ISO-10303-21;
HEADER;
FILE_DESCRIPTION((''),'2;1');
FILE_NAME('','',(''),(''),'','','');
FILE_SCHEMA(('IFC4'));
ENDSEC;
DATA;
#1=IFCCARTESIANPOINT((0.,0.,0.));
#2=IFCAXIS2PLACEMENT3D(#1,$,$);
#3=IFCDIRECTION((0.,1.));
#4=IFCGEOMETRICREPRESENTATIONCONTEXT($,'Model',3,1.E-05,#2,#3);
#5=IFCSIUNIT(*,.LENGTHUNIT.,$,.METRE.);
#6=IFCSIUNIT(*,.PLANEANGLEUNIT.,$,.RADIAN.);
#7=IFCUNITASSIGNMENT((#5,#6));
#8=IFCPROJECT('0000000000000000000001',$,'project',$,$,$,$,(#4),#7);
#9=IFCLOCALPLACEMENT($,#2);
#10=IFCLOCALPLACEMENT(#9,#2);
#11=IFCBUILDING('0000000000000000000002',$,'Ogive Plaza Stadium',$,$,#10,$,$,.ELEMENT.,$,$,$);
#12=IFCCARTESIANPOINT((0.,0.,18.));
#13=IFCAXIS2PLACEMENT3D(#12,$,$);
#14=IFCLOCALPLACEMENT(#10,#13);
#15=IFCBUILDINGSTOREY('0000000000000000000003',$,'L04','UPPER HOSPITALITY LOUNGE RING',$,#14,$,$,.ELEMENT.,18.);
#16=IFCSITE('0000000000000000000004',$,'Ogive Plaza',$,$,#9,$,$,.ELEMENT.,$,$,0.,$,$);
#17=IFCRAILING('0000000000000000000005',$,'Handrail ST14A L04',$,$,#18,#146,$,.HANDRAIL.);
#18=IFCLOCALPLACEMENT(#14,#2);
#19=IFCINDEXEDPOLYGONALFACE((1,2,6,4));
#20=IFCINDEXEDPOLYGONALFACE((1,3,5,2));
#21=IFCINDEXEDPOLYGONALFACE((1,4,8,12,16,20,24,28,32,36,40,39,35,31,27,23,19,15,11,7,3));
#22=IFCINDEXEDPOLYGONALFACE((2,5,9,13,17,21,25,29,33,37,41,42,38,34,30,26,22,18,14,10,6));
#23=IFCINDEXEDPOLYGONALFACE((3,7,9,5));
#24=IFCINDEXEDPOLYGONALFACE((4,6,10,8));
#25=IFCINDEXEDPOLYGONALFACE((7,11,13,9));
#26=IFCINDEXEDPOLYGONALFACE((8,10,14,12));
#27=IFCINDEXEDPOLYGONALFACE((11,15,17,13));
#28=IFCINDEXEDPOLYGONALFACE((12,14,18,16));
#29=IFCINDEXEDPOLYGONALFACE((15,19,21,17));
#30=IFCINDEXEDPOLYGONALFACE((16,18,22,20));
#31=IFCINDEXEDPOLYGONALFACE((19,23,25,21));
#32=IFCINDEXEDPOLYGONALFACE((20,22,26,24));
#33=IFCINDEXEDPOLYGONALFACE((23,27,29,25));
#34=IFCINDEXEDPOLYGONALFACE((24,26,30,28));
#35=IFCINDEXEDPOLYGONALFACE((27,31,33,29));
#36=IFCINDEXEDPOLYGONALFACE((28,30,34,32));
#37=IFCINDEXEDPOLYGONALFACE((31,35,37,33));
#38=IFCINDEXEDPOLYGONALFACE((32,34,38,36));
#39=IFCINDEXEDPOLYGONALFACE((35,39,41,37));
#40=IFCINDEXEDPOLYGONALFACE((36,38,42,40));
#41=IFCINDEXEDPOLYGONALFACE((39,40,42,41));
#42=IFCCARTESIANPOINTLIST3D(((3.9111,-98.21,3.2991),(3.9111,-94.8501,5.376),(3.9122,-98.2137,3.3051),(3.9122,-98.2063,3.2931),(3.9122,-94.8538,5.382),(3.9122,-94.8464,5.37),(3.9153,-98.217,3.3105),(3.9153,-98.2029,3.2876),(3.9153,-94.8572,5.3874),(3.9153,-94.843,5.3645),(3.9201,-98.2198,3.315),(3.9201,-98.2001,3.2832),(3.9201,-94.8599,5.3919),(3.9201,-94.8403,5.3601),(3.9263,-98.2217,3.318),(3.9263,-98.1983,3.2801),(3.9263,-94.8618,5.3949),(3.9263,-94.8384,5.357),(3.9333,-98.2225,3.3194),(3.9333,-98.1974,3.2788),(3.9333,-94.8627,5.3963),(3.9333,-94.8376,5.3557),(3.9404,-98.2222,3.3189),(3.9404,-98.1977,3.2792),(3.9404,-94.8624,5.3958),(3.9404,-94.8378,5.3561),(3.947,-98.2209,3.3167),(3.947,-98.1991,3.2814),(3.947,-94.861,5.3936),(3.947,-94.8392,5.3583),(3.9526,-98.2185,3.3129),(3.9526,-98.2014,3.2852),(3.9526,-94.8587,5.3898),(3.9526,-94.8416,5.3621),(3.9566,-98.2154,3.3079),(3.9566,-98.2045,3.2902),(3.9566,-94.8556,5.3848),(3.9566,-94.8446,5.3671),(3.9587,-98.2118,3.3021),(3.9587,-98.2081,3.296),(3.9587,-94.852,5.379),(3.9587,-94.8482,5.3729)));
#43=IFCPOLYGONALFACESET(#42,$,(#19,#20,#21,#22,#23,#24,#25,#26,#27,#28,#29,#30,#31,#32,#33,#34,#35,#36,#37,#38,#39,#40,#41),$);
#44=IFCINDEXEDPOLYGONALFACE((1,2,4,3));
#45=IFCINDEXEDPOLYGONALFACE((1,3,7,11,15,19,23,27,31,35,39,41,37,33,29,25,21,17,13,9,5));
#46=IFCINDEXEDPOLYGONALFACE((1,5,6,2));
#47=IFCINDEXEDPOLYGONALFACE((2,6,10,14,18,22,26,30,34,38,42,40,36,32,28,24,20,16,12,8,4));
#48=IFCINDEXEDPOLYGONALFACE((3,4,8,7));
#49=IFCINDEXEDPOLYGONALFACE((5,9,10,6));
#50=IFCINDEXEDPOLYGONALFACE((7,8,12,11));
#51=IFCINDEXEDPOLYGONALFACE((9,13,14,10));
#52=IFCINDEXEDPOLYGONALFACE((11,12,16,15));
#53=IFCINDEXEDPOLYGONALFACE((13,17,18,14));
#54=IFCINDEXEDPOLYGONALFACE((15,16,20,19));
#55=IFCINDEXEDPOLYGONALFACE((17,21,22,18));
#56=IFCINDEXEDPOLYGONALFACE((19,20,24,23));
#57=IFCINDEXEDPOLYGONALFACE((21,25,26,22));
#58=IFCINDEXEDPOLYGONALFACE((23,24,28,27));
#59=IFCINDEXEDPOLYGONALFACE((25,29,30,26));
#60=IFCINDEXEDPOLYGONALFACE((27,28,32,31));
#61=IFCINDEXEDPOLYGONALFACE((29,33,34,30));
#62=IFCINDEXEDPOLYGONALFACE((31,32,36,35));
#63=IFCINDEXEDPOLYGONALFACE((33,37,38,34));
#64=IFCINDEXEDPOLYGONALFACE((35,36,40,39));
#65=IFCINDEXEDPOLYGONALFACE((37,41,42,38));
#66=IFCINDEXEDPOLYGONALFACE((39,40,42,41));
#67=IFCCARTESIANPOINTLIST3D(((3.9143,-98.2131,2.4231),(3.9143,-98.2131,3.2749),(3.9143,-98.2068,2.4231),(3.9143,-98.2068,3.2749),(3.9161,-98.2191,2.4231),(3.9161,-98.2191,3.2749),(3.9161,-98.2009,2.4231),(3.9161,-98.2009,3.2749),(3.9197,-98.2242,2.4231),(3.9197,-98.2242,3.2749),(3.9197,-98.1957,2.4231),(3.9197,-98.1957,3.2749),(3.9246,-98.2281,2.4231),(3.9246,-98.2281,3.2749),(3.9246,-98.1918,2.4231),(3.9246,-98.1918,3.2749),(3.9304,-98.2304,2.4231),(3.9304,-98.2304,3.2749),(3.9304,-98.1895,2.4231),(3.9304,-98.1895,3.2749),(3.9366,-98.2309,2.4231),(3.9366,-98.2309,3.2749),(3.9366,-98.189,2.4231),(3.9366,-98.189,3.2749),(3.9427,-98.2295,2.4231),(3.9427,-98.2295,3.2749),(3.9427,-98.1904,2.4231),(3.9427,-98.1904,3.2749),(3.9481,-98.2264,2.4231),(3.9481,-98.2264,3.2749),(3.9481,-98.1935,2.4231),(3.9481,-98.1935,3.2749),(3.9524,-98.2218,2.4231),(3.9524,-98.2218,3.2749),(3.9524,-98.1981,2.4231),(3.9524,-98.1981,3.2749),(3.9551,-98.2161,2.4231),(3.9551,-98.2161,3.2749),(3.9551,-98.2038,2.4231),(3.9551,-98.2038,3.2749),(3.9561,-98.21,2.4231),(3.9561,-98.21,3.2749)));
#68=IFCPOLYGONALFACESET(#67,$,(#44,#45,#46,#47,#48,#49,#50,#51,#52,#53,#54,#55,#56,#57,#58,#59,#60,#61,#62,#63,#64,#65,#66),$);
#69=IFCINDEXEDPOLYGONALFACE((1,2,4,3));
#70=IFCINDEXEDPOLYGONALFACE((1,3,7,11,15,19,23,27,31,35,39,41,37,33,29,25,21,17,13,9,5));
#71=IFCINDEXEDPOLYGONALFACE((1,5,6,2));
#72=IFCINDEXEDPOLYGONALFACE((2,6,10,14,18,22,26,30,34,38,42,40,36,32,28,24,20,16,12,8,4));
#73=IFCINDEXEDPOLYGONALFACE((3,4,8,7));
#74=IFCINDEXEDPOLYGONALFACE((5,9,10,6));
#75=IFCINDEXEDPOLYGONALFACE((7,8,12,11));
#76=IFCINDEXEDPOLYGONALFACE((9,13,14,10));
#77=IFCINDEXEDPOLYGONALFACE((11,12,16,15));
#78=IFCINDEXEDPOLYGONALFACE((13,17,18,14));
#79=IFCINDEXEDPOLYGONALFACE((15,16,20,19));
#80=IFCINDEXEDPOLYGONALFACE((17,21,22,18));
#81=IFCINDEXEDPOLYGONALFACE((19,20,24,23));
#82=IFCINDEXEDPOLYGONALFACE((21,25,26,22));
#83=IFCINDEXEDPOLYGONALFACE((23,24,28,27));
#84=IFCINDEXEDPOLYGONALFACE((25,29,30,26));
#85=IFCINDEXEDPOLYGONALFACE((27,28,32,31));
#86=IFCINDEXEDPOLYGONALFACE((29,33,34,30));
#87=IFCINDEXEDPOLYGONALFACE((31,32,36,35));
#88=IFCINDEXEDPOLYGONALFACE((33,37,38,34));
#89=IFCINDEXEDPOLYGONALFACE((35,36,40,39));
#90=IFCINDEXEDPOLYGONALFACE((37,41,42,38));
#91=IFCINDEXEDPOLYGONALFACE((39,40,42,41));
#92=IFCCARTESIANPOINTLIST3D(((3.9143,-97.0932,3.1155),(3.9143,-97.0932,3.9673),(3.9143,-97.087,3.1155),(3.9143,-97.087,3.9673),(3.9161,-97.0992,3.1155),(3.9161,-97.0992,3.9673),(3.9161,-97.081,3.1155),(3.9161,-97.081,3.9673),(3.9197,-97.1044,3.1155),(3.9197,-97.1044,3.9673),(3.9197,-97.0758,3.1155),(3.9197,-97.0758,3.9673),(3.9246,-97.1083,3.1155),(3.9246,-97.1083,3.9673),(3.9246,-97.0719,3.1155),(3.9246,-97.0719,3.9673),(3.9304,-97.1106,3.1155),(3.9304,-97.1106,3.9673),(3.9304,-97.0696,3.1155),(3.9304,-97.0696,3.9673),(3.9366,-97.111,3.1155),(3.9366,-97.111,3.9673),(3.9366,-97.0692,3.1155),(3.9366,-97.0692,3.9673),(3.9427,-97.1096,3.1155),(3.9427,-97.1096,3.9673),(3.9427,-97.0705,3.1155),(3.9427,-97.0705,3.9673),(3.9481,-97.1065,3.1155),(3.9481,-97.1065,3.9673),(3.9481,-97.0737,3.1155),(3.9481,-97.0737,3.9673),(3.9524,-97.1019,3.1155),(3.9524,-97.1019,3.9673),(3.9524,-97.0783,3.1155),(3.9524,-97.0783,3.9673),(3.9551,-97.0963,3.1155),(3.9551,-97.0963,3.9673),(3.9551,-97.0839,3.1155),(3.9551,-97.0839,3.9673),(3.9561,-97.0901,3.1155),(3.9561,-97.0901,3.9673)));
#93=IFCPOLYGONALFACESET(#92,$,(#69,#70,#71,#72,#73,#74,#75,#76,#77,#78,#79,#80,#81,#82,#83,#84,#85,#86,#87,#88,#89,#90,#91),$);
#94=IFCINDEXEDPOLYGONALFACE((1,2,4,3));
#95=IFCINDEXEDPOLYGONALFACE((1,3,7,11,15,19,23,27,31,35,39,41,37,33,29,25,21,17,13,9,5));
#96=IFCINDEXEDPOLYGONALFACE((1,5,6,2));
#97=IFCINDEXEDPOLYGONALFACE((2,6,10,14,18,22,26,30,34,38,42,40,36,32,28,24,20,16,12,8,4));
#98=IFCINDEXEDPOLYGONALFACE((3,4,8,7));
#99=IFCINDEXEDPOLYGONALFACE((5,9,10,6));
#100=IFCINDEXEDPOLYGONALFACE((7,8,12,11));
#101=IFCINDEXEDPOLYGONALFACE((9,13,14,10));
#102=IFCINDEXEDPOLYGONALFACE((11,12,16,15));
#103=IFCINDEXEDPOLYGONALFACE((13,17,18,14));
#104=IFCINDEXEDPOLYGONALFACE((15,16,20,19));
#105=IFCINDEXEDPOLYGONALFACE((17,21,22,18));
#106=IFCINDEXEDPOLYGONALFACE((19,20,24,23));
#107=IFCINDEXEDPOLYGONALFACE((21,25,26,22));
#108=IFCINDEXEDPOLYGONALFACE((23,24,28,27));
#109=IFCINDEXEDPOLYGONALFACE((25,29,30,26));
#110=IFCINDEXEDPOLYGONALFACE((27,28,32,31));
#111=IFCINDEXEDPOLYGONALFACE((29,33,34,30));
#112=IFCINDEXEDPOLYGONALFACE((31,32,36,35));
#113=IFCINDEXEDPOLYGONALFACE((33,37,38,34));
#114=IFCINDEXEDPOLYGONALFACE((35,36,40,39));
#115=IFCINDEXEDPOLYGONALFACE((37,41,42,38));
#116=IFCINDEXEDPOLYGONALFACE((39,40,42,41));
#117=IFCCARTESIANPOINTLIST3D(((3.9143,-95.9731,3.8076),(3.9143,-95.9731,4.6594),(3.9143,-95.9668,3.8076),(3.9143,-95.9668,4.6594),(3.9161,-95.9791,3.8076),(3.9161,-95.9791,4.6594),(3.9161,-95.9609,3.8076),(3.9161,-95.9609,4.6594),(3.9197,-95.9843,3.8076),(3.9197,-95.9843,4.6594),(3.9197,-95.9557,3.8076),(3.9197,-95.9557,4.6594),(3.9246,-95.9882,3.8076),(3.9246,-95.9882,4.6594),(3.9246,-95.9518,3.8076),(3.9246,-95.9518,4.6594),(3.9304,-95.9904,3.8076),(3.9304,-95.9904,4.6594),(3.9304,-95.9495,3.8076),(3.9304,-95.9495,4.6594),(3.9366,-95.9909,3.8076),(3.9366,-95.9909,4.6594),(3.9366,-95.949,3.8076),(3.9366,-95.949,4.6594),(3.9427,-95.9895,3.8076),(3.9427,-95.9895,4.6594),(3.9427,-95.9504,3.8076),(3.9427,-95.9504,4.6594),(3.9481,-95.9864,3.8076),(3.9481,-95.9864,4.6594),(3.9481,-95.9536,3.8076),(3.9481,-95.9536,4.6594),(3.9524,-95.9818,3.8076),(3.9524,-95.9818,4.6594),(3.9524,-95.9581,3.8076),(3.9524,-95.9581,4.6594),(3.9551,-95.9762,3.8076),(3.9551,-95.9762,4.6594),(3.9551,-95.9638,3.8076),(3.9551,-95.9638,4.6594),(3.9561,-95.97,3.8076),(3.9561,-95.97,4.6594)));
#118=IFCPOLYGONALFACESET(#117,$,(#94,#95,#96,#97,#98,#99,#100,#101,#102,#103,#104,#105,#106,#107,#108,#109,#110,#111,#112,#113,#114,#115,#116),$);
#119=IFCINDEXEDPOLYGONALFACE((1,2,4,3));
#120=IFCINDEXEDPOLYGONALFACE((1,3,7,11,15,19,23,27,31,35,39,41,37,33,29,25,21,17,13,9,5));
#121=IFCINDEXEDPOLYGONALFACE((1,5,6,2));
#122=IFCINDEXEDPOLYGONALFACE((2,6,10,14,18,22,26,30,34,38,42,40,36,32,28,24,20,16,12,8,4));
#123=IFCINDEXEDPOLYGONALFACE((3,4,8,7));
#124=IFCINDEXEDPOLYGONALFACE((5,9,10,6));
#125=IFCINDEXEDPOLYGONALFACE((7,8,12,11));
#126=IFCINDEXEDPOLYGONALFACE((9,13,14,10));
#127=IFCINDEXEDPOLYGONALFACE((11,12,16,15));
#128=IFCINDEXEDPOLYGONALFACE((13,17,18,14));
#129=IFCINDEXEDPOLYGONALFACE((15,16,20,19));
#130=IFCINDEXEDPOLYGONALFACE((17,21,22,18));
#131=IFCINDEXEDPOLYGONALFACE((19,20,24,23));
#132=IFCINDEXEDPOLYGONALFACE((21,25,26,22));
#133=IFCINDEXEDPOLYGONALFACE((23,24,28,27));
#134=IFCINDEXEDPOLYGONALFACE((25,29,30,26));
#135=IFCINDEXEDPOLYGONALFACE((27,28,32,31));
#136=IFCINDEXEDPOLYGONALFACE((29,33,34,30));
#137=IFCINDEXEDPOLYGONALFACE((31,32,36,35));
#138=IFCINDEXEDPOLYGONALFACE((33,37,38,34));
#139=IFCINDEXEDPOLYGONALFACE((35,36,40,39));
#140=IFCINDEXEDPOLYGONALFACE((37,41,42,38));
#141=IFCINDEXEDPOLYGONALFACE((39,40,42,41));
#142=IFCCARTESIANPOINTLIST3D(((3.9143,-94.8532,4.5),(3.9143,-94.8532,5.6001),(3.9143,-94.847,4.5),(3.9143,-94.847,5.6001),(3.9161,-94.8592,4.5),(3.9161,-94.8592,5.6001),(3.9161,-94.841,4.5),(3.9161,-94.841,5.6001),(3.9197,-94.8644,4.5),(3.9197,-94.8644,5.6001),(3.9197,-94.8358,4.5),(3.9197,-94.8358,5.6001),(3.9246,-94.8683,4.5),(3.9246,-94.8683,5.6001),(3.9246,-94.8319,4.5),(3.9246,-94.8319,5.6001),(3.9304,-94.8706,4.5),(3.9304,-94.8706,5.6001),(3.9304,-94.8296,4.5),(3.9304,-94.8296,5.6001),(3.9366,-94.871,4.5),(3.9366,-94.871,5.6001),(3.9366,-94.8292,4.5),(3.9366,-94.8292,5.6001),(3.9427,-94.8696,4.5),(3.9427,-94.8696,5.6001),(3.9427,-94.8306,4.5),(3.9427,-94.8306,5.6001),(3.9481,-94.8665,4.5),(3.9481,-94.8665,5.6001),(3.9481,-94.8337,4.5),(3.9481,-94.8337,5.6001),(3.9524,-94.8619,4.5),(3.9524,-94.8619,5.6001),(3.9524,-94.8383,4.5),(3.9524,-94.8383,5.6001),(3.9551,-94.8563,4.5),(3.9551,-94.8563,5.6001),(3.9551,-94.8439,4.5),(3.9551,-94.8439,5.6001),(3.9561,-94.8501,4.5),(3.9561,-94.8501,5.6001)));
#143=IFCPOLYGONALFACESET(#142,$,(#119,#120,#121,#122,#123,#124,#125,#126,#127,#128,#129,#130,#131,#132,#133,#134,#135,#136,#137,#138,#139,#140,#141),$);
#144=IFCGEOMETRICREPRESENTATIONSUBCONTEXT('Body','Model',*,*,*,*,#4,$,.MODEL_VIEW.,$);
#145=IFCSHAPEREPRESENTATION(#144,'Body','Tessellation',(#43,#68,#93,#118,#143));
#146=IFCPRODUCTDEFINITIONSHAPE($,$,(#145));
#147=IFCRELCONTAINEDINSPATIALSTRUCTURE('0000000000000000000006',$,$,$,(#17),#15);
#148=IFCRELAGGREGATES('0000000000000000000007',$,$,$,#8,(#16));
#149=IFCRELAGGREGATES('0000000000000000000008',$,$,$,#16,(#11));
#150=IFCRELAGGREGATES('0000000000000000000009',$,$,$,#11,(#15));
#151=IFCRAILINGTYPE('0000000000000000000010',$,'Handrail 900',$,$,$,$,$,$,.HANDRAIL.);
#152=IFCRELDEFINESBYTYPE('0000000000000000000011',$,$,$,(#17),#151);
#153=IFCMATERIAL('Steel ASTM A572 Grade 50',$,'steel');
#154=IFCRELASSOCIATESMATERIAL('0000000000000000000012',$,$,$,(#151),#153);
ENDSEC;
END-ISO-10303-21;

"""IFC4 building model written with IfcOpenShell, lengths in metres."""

from ifc_helpers import new_model, si_unit, direction, frame, origin, origin_2d, place, context, subcontext, project, spatial, circle, extrude, material, type_object, element, save


model = new_model("IFC4")

# Units and contexts
model_context = context("Model", 3, precision=1e-05, world=origin(), true_north=direction((0.0, 1.0)))
body_context = subcontext(model_context, "Body", "Model", "MODEL_VIEW")
ifc_project = project(units=[si_unit("LENGTHUNIT", "METRE"), si_unit("PLANEANGLEUNIT", "RADIAN")], contexts=[model_context])

# Site, building, storey
site_placement = place(None, origin())
site = spatial("IfcSite", under=ifc_project, at=site_placement, Name="Ogive Plaza", CompositionType="ELEMENT", RefElevation=0.0)
building_placement = place(site_placement, origin())
building = spatial("IfcBuilding", under=site, at=building_placement, Name="Ogive Plaza Stadium", CompositionType="ELEMENT")
storey_placement = place(building_placement, frame((0.0, 0.0, 18.0)))
storey = spatial("IfcBuildingStorey", under=building, at=storey_placement, Name="L04", Description="UPPER HOSPITALITY LOUNGE RING", CompositionType="ELEMENT", Elevation=18.0)

# Railing
ifc_material_1 = material(Name="Steel ASTM A572 Grade 50", Category="steel")
railing_type_1 = type_object("IfcRailingType", Name="Handrail 900", PredefinedType="HANDRAIL", material=ifc_material_1)
for number, where, name in (
    (1, (3.9351, -98.21, 2.4231), "Handrail ST14A L04"),
):
    element("IfcRailing", number, at=place(storey_placement, frame(where)), inside=storey, type_object=railing_type_1, Name=name, PredefinedType="HANDRAIL", context=body_context, shape_type="SweptSolid", body=[
        extrude(circle(Radius=0.0239, at=origin_2d()), frame((0.0, 0.0, 0.876), z_axis=(0.0, 0.850606, 0.525803), x_axis=(-1.0, 0.0, 0.0)), (0.0, 0.0, 1.0), 3.95),
        extrude(circle(Radius=0.021, at=origin_2d()), origin(), (0.0, 0.0, 1.0), 0.8518),
        extrude(circle(Radius=0.021, at=origin_2d()), frame((0.0, 1.1199, 0.6924)), (0.0, 0.0, 1.0), 0.8518),
        extrude(circle(Radius=0.021, at=origin_2d()), frame((0.0, 2.24, 1.3845)), (0.0, 0.0, 1.0), 0.8518),
        extrude(circle(Radius=0.021, at=origin_2d()), frame((0.0, 3.3599, 2.0769)), (0.0, 0.0, 1.0), 1.1001),
    ])

save(model, "model.ifc")
